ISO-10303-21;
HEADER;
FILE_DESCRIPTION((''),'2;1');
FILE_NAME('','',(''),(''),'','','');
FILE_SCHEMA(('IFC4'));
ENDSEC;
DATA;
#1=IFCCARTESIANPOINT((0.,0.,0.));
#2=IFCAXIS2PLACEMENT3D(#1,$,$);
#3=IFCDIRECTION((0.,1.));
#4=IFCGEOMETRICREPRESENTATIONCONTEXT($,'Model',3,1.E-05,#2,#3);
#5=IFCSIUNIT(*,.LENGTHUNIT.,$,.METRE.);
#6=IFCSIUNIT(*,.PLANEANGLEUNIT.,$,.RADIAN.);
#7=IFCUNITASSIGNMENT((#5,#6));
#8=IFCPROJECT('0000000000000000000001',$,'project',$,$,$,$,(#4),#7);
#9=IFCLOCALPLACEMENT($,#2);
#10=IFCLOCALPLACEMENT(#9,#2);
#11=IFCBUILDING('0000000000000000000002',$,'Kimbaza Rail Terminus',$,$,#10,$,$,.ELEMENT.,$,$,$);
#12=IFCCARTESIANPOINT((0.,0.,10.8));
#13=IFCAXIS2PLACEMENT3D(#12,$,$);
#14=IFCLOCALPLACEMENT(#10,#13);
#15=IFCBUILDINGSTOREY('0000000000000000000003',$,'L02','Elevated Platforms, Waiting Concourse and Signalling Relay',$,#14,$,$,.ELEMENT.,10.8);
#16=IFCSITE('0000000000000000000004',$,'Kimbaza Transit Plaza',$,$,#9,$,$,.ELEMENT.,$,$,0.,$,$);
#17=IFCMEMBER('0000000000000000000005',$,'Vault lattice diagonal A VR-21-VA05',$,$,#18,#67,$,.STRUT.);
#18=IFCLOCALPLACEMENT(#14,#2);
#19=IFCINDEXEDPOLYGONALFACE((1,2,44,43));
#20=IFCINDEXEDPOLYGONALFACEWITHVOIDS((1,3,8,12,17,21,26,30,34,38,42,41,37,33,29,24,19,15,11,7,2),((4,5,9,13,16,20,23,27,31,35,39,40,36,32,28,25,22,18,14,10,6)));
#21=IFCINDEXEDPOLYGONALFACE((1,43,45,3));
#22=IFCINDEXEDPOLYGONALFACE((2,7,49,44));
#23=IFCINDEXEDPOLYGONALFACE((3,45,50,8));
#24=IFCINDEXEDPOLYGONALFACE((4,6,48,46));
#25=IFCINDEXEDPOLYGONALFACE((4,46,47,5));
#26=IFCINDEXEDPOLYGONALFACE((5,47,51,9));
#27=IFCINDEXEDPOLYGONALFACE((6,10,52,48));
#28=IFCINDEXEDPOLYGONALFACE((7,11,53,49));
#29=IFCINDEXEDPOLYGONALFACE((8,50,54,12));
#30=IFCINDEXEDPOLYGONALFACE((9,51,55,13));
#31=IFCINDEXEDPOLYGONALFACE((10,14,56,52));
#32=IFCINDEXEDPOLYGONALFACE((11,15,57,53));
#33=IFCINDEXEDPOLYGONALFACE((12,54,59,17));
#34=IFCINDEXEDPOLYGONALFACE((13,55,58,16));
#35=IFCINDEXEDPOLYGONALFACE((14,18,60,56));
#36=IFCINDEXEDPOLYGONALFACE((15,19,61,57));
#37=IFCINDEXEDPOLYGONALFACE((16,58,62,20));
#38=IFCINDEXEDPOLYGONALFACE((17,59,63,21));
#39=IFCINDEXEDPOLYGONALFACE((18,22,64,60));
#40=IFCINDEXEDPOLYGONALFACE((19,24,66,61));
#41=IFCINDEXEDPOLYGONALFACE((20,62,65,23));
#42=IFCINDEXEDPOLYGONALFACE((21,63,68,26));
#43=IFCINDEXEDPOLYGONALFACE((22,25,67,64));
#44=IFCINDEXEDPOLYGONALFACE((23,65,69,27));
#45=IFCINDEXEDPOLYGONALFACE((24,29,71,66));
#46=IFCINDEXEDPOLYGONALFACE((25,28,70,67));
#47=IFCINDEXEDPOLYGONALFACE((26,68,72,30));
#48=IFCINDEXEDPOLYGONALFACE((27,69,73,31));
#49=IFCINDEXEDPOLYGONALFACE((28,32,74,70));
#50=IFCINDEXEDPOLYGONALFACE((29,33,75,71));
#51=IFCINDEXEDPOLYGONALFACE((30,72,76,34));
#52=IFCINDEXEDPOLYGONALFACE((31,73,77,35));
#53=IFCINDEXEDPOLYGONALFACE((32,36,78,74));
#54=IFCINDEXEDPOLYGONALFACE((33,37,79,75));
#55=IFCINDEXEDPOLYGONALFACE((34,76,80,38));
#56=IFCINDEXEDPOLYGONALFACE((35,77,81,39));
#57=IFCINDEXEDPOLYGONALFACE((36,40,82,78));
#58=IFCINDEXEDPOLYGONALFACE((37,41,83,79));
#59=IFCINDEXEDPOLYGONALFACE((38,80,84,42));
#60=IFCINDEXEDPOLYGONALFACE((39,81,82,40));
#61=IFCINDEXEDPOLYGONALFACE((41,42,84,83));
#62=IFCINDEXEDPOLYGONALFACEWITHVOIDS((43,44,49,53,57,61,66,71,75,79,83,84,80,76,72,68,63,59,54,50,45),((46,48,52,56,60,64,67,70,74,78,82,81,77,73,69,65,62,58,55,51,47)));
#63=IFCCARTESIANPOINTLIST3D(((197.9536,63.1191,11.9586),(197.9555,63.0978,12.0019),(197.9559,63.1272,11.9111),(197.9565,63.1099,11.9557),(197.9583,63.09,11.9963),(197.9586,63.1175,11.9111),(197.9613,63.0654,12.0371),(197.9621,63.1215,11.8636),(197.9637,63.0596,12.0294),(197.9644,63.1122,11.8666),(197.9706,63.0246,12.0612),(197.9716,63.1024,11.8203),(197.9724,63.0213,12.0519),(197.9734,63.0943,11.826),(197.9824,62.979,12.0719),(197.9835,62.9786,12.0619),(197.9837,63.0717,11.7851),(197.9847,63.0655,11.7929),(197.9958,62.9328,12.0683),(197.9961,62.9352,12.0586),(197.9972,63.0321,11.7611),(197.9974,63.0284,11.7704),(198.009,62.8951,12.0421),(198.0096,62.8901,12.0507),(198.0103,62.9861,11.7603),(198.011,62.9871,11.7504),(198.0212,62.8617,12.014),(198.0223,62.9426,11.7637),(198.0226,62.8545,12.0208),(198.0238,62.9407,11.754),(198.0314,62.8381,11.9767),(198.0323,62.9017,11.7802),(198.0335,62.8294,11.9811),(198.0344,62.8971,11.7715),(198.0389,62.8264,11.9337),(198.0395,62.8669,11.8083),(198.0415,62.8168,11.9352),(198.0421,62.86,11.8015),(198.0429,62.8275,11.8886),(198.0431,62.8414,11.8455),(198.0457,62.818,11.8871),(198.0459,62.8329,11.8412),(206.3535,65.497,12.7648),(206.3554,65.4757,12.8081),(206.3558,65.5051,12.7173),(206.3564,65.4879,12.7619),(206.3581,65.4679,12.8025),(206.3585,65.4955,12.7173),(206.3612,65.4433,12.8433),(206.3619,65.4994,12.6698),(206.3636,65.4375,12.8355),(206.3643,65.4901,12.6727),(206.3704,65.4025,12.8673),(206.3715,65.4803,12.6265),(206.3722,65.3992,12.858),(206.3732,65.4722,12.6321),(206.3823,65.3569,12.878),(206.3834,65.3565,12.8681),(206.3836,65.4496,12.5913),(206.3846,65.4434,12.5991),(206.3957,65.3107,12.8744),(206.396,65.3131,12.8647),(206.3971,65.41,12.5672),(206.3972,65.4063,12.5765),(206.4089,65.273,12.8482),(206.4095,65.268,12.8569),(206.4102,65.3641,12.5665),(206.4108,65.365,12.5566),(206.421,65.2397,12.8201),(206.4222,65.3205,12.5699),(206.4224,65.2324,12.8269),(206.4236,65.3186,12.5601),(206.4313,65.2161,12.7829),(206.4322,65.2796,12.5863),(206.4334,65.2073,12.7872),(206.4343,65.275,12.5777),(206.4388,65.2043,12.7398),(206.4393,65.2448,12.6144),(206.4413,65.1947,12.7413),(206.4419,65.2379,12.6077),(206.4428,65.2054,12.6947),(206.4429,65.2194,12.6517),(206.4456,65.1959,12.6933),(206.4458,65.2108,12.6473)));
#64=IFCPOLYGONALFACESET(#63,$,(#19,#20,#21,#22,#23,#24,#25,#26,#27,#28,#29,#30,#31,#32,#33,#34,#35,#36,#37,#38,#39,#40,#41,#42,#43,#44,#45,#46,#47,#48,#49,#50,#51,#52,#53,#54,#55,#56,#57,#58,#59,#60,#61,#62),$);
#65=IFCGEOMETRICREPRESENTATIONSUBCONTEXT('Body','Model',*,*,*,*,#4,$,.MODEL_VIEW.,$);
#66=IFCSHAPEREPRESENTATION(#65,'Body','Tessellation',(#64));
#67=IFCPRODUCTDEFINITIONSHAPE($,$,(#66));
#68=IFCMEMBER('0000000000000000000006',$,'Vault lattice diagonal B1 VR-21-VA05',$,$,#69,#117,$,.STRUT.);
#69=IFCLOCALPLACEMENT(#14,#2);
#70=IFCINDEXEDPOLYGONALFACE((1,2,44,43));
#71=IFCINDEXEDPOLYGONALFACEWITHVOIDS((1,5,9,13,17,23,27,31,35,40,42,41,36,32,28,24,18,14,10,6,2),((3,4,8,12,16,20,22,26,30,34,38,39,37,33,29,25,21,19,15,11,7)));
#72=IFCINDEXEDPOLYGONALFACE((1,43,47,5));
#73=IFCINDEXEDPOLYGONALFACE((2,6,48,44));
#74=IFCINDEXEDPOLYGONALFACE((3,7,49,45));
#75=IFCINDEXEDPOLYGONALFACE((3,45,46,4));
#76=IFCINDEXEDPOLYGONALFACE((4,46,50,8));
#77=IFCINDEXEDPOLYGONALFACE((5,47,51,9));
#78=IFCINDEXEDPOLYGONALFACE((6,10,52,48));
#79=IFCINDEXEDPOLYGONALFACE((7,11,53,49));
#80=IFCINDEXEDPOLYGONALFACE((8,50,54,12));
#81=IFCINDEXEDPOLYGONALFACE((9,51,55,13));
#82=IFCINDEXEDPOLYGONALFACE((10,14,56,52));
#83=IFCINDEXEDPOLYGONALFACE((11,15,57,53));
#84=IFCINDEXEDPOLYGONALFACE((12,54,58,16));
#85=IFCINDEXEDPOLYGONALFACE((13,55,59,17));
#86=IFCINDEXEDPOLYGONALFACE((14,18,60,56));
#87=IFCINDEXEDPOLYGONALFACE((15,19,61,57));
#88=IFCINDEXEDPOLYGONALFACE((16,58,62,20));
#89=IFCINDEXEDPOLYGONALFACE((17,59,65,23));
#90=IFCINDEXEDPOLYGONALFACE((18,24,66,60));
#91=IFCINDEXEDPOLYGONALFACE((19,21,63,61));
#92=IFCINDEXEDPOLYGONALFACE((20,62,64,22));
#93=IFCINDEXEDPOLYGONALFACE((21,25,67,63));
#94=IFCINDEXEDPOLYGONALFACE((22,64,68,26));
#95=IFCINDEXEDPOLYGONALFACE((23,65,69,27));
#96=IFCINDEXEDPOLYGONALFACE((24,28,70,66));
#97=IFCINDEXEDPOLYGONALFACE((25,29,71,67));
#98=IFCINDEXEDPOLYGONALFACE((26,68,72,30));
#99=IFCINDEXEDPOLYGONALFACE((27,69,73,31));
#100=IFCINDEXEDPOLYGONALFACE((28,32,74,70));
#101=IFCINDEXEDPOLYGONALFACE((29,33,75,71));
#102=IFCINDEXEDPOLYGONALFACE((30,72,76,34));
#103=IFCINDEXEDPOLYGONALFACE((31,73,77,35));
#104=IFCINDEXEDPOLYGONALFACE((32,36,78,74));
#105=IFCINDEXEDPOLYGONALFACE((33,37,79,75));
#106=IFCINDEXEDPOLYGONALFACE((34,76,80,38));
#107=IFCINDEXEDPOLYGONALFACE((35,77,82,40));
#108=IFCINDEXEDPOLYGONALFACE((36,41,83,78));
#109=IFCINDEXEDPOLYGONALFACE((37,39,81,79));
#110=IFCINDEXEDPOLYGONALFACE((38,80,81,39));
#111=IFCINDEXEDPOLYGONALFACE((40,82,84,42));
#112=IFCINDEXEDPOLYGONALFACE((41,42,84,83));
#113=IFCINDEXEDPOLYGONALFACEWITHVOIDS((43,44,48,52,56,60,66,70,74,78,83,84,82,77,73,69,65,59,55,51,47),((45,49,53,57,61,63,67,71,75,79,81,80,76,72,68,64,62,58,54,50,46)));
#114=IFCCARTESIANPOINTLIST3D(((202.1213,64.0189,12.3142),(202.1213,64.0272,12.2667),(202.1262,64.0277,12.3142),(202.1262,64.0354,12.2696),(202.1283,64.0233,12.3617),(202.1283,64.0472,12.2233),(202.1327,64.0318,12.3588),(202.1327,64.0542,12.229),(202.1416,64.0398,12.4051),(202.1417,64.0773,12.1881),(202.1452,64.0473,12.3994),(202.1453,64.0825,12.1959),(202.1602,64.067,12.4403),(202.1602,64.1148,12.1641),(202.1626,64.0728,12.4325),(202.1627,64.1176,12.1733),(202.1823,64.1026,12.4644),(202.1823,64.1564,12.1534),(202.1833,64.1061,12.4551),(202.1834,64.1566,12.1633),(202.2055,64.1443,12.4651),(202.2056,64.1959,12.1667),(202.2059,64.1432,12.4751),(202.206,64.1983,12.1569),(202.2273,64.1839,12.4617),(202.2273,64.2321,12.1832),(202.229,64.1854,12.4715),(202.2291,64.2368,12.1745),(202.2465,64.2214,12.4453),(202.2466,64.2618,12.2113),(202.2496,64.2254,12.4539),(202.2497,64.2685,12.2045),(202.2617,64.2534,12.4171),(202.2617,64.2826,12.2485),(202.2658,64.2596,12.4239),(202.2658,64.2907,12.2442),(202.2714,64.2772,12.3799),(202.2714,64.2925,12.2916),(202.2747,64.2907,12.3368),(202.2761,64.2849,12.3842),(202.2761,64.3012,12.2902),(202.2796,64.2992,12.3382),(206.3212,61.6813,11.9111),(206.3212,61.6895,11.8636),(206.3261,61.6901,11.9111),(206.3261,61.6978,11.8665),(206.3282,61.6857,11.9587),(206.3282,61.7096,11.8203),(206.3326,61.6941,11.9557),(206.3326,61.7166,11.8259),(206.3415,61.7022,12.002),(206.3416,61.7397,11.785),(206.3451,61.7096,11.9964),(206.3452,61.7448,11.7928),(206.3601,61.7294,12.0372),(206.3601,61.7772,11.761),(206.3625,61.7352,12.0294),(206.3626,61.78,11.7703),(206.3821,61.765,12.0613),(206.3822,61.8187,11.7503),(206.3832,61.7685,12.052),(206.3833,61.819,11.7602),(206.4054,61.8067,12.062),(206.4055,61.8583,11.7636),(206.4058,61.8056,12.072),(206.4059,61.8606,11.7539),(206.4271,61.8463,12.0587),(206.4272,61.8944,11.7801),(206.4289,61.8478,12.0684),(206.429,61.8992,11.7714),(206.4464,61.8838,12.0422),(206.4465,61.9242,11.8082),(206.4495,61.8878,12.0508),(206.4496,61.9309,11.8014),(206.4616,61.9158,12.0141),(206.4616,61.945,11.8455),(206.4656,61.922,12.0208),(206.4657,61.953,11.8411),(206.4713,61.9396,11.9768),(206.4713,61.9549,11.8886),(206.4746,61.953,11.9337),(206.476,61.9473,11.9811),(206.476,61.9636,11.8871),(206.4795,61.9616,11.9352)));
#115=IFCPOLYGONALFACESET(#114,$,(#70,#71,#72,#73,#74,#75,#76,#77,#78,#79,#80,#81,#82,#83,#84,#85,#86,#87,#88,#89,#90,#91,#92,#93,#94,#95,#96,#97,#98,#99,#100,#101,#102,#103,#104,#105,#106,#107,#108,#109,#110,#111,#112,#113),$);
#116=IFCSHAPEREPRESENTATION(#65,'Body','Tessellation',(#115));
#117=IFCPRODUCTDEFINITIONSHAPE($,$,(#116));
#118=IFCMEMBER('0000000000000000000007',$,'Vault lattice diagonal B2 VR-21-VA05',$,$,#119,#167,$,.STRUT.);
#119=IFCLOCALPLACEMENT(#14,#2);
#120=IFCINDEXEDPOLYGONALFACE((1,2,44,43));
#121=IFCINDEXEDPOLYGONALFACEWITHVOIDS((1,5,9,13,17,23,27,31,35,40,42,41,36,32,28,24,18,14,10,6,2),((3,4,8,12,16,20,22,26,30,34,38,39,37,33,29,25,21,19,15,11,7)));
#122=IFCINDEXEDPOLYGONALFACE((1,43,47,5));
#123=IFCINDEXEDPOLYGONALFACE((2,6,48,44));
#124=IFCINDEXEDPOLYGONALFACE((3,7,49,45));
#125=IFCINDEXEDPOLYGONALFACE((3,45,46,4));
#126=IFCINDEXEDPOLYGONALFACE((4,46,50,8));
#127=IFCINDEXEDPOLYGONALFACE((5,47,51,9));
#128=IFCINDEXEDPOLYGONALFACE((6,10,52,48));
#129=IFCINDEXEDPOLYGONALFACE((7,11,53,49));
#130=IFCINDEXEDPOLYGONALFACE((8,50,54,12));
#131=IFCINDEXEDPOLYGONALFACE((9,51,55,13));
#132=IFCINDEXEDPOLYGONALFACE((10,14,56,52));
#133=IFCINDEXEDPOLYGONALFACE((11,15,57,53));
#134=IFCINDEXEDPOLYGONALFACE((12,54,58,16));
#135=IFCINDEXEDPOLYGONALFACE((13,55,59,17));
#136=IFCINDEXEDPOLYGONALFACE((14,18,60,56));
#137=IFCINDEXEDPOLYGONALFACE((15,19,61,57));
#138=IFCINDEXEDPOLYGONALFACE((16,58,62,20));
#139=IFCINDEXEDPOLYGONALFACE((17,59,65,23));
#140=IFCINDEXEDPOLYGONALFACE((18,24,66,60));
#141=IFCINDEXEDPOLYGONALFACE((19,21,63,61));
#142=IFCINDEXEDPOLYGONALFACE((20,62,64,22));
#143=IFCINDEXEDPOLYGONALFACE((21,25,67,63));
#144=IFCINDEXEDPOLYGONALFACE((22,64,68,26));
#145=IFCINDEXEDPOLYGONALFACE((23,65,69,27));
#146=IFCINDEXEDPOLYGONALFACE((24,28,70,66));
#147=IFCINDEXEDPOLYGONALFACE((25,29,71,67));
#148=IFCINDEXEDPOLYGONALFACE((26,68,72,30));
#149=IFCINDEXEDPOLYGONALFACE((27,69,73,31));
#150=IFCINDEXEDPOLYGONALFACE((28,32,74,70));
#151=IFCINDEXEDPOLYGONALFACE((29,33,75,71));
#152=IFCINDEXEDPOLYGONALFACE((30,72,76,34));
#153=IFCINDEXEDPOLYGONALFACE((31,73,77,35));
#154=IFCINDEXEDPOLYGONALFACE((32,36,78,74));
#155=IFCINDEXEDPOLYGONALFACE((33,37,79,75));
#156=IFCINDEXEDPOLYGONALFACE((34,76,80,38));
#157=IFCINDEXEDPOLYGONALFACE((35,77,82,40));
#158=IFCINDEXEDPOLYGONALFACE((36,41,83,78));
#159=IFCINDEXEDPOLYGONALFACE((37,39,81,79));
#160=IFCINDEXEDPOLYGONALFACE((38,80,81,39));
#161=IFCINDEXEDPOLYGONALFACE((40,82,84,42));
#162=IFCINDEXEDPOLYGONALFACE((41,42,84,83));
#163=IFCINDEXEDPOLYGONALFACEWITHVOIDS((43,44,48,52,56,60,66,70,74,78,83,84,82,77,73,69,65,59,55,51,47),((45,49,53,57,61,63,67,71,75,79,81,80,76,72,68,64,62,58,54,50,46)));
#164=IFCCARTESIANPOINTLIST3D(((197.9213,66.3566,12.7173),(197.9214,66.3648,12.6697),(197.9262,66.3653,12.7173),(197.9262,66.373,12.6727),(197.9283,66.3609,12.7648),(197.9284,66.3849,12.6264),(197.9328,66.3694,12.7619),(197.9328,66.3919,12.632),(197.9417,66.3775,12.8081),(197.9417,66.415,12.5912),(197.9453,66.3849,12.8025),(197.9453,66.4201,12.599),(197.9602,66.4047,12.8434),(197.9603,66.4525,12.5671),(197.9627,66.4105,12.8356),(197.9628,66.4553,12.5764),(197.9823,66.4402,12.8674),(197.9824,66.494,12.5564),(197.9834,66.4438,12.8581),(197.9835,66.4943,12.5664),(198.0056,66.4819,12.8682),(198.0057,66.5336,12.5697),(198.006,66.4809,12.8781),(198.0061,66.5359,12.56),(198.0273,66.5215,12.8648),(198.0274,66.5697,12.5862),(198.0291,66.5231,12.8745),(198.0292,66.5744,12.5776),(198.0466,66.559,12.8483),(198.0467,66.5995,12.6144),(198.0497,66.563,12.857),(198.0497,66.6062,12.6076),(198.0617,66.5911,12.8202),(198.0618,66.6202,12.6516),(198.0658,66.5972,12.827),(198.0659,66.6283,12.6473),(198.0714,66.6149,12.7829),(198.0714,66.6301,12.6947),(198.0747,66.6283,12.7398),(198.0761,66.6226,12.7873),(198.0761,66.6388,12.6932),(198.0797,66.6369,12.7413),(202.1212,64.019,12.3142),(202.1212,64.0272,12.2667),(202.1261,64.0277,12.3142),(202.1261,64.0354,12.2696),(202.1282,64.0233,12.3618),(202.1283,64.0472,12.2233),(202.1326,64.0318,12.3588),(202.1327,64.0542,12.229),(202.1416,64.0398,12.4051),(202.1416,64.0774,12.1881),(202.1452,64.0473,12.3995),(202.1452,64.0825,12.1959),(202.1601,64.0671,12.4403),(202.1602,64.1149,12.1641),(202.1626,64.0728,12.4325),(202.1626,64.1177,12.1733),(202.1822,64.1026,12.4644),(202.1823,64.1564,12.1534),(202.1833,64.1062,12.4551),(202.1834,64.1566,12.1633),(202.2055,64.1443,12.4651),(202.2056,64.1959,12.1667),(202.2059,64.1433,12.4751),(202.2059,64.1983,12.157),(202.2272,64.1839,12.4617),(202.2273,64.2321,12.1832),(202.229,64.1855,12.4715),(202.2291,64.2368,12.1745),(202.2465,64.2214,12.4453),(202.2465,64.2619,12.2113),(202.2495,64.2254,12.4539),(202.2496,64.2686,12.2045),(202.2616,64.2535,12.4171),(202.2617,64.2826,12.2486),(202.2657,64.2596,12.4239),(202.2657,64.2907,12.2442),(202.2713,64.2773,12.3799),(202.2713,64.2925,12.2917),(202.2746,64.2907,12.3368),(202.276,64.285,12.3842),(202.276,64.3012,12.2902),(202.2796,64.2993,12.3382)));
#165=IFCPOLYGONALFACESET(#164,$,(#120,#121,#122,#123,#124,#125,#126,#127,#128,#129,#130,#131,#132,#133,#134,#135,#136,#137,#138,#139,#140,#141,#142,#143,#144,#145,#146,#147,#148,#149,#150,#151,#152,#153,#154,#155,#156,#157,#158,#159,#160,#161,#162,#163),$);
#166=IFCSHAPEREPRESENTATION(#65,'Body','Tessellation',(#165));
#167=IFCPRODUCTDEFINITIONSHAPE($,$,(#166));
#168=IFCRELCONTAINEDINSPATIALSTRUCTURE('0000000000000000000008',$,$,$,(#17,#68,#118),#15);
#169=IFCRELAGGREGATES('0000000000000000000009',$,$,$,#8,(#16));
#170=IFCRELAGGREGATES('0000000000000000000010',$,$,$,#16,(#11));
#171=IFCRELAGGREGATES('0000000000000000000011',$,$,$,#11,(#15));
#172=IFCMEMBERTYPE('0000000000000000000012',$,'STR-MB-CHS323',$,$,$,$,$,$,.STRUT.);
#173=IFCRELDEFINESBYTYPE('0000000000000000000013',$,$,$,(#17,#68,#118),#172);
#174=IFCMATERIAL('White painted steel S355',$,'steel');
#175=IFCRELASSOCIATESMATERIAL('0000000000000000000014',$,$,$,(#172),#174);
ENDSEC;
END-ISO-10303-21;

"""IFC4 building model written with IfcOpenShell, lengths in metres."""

from ifc_helpers import new_model, si_unit, direction, frame, origin, origin_2d, place, context, subcontext, project, spatial, hollow_circle, extrude, material, material_profile, profile_set, type_object, element, save


model = new_model("IFC4")

# Units and contexts
model_context = context("Model", 3, precision=1e-05, world=origin(), true_north=direction((0.0, 1.0)))
body_context = subcontext(model_context, "Body", "Model", "MODEL_VIEW")
ifc_project = project(units=[si_unit("LENGTHUNIT", "METRE"), si_unit("PLANEANGLEUNIT", "RADIAN")], contexts=[model_context])

# Site, building, storey
site_placement = place(None, origin())
site = spatial("IfcSite", under=ifc_project, at=site_placement, Name="Kimbaza Transit Plaza", CompositionType="ELEMENT", RefElevation=0.0)
building_placement = place(site_placement, origin())
building = spatial("IfcBuilding", under=site, at=building_placement, Name="Kimbaza Rail Terminus", CompositionType="ELEMENT")
storey_placement = place(building_placement, frame((0.0, 0.0, 10.8)))
storey = spatial("IfcBuildingStorey", under=building, at=storey_placement, Name="L02", Description="Elevated Platforms, Waiting Concourse and Signalling Relay", CompositionType="ELEMENT", Elevation=10.8)

# Members
ifc_material_1 = material(Name="White painted steel S355", Category="steel")
ifc_material_profile_1 = material_profile(ifc_material_1, hollow_circle(Radius=0.1619, WallThickness=0.01, at=origin_2d()), Name="CHS 323.9x10")
ifc_profile_set_1 = profile_set([ifc_material_profile_1], Name="White painted steel S355")
member_type_1 = type_object("IfcMemberType", Name="STR-MB-CHS323", PredefinedType="STRUT", material=ifc_profile_set_1)
member_1_placement = place(storey_placement, frame((198.0, 62.9714, 11.9111), z_axis=(0.958112, 0.271232, 0.091952), x_axis=(-0.272386, 0.962188, 0.0)))
element("IfcMember", 1, at=member_1_placement, inside=storey, type_object=member_type_1, Name="Vault lattice diagonal A VR-21-VA05", PredefinedType="STRUT", context=body_context, shape_type="SweptSolid", body=[
    extrude(hollow_circle(Radius=0.1619, WallThickness=0.01, at=origin_2d()), origin(), (0.0, 0.0, 1.0), 8.7671),
])
for number, where, z_axis, x_axis, name in (
    (2, (206.3999, 61.8228, 11.9111), (-0.870718, 0.484632, 0.083564), (-0.486333, -0.873774, 0.0), "Vault lattice diagonal B1 VR-21-VA05"),
    (3, (202.2, 64.1604, 12.3142), (-0.870718, 0.484632, 0.083564), (-0.486333, -0.873774, 0.0), "Vault lattice diagonal B2 VR-21-VA05"),
):
    element("IfcMember", number, at=place(storey_placement, frame(where, z_axis=z_axis, x_axis=x_axis)), inside=storey, type_object=member_type_1, Name=name, PredefinedType="STRUT", context=body_context, shape_type="SweptSolid", body=[
        extrude(hollow_circle(Radius=0.1619, WallThickness=0.01, at=origin_2d()), origin(), (0.0, 0.0, 1.0), 4.8235),
    ])

save(model, "model.ifc")
